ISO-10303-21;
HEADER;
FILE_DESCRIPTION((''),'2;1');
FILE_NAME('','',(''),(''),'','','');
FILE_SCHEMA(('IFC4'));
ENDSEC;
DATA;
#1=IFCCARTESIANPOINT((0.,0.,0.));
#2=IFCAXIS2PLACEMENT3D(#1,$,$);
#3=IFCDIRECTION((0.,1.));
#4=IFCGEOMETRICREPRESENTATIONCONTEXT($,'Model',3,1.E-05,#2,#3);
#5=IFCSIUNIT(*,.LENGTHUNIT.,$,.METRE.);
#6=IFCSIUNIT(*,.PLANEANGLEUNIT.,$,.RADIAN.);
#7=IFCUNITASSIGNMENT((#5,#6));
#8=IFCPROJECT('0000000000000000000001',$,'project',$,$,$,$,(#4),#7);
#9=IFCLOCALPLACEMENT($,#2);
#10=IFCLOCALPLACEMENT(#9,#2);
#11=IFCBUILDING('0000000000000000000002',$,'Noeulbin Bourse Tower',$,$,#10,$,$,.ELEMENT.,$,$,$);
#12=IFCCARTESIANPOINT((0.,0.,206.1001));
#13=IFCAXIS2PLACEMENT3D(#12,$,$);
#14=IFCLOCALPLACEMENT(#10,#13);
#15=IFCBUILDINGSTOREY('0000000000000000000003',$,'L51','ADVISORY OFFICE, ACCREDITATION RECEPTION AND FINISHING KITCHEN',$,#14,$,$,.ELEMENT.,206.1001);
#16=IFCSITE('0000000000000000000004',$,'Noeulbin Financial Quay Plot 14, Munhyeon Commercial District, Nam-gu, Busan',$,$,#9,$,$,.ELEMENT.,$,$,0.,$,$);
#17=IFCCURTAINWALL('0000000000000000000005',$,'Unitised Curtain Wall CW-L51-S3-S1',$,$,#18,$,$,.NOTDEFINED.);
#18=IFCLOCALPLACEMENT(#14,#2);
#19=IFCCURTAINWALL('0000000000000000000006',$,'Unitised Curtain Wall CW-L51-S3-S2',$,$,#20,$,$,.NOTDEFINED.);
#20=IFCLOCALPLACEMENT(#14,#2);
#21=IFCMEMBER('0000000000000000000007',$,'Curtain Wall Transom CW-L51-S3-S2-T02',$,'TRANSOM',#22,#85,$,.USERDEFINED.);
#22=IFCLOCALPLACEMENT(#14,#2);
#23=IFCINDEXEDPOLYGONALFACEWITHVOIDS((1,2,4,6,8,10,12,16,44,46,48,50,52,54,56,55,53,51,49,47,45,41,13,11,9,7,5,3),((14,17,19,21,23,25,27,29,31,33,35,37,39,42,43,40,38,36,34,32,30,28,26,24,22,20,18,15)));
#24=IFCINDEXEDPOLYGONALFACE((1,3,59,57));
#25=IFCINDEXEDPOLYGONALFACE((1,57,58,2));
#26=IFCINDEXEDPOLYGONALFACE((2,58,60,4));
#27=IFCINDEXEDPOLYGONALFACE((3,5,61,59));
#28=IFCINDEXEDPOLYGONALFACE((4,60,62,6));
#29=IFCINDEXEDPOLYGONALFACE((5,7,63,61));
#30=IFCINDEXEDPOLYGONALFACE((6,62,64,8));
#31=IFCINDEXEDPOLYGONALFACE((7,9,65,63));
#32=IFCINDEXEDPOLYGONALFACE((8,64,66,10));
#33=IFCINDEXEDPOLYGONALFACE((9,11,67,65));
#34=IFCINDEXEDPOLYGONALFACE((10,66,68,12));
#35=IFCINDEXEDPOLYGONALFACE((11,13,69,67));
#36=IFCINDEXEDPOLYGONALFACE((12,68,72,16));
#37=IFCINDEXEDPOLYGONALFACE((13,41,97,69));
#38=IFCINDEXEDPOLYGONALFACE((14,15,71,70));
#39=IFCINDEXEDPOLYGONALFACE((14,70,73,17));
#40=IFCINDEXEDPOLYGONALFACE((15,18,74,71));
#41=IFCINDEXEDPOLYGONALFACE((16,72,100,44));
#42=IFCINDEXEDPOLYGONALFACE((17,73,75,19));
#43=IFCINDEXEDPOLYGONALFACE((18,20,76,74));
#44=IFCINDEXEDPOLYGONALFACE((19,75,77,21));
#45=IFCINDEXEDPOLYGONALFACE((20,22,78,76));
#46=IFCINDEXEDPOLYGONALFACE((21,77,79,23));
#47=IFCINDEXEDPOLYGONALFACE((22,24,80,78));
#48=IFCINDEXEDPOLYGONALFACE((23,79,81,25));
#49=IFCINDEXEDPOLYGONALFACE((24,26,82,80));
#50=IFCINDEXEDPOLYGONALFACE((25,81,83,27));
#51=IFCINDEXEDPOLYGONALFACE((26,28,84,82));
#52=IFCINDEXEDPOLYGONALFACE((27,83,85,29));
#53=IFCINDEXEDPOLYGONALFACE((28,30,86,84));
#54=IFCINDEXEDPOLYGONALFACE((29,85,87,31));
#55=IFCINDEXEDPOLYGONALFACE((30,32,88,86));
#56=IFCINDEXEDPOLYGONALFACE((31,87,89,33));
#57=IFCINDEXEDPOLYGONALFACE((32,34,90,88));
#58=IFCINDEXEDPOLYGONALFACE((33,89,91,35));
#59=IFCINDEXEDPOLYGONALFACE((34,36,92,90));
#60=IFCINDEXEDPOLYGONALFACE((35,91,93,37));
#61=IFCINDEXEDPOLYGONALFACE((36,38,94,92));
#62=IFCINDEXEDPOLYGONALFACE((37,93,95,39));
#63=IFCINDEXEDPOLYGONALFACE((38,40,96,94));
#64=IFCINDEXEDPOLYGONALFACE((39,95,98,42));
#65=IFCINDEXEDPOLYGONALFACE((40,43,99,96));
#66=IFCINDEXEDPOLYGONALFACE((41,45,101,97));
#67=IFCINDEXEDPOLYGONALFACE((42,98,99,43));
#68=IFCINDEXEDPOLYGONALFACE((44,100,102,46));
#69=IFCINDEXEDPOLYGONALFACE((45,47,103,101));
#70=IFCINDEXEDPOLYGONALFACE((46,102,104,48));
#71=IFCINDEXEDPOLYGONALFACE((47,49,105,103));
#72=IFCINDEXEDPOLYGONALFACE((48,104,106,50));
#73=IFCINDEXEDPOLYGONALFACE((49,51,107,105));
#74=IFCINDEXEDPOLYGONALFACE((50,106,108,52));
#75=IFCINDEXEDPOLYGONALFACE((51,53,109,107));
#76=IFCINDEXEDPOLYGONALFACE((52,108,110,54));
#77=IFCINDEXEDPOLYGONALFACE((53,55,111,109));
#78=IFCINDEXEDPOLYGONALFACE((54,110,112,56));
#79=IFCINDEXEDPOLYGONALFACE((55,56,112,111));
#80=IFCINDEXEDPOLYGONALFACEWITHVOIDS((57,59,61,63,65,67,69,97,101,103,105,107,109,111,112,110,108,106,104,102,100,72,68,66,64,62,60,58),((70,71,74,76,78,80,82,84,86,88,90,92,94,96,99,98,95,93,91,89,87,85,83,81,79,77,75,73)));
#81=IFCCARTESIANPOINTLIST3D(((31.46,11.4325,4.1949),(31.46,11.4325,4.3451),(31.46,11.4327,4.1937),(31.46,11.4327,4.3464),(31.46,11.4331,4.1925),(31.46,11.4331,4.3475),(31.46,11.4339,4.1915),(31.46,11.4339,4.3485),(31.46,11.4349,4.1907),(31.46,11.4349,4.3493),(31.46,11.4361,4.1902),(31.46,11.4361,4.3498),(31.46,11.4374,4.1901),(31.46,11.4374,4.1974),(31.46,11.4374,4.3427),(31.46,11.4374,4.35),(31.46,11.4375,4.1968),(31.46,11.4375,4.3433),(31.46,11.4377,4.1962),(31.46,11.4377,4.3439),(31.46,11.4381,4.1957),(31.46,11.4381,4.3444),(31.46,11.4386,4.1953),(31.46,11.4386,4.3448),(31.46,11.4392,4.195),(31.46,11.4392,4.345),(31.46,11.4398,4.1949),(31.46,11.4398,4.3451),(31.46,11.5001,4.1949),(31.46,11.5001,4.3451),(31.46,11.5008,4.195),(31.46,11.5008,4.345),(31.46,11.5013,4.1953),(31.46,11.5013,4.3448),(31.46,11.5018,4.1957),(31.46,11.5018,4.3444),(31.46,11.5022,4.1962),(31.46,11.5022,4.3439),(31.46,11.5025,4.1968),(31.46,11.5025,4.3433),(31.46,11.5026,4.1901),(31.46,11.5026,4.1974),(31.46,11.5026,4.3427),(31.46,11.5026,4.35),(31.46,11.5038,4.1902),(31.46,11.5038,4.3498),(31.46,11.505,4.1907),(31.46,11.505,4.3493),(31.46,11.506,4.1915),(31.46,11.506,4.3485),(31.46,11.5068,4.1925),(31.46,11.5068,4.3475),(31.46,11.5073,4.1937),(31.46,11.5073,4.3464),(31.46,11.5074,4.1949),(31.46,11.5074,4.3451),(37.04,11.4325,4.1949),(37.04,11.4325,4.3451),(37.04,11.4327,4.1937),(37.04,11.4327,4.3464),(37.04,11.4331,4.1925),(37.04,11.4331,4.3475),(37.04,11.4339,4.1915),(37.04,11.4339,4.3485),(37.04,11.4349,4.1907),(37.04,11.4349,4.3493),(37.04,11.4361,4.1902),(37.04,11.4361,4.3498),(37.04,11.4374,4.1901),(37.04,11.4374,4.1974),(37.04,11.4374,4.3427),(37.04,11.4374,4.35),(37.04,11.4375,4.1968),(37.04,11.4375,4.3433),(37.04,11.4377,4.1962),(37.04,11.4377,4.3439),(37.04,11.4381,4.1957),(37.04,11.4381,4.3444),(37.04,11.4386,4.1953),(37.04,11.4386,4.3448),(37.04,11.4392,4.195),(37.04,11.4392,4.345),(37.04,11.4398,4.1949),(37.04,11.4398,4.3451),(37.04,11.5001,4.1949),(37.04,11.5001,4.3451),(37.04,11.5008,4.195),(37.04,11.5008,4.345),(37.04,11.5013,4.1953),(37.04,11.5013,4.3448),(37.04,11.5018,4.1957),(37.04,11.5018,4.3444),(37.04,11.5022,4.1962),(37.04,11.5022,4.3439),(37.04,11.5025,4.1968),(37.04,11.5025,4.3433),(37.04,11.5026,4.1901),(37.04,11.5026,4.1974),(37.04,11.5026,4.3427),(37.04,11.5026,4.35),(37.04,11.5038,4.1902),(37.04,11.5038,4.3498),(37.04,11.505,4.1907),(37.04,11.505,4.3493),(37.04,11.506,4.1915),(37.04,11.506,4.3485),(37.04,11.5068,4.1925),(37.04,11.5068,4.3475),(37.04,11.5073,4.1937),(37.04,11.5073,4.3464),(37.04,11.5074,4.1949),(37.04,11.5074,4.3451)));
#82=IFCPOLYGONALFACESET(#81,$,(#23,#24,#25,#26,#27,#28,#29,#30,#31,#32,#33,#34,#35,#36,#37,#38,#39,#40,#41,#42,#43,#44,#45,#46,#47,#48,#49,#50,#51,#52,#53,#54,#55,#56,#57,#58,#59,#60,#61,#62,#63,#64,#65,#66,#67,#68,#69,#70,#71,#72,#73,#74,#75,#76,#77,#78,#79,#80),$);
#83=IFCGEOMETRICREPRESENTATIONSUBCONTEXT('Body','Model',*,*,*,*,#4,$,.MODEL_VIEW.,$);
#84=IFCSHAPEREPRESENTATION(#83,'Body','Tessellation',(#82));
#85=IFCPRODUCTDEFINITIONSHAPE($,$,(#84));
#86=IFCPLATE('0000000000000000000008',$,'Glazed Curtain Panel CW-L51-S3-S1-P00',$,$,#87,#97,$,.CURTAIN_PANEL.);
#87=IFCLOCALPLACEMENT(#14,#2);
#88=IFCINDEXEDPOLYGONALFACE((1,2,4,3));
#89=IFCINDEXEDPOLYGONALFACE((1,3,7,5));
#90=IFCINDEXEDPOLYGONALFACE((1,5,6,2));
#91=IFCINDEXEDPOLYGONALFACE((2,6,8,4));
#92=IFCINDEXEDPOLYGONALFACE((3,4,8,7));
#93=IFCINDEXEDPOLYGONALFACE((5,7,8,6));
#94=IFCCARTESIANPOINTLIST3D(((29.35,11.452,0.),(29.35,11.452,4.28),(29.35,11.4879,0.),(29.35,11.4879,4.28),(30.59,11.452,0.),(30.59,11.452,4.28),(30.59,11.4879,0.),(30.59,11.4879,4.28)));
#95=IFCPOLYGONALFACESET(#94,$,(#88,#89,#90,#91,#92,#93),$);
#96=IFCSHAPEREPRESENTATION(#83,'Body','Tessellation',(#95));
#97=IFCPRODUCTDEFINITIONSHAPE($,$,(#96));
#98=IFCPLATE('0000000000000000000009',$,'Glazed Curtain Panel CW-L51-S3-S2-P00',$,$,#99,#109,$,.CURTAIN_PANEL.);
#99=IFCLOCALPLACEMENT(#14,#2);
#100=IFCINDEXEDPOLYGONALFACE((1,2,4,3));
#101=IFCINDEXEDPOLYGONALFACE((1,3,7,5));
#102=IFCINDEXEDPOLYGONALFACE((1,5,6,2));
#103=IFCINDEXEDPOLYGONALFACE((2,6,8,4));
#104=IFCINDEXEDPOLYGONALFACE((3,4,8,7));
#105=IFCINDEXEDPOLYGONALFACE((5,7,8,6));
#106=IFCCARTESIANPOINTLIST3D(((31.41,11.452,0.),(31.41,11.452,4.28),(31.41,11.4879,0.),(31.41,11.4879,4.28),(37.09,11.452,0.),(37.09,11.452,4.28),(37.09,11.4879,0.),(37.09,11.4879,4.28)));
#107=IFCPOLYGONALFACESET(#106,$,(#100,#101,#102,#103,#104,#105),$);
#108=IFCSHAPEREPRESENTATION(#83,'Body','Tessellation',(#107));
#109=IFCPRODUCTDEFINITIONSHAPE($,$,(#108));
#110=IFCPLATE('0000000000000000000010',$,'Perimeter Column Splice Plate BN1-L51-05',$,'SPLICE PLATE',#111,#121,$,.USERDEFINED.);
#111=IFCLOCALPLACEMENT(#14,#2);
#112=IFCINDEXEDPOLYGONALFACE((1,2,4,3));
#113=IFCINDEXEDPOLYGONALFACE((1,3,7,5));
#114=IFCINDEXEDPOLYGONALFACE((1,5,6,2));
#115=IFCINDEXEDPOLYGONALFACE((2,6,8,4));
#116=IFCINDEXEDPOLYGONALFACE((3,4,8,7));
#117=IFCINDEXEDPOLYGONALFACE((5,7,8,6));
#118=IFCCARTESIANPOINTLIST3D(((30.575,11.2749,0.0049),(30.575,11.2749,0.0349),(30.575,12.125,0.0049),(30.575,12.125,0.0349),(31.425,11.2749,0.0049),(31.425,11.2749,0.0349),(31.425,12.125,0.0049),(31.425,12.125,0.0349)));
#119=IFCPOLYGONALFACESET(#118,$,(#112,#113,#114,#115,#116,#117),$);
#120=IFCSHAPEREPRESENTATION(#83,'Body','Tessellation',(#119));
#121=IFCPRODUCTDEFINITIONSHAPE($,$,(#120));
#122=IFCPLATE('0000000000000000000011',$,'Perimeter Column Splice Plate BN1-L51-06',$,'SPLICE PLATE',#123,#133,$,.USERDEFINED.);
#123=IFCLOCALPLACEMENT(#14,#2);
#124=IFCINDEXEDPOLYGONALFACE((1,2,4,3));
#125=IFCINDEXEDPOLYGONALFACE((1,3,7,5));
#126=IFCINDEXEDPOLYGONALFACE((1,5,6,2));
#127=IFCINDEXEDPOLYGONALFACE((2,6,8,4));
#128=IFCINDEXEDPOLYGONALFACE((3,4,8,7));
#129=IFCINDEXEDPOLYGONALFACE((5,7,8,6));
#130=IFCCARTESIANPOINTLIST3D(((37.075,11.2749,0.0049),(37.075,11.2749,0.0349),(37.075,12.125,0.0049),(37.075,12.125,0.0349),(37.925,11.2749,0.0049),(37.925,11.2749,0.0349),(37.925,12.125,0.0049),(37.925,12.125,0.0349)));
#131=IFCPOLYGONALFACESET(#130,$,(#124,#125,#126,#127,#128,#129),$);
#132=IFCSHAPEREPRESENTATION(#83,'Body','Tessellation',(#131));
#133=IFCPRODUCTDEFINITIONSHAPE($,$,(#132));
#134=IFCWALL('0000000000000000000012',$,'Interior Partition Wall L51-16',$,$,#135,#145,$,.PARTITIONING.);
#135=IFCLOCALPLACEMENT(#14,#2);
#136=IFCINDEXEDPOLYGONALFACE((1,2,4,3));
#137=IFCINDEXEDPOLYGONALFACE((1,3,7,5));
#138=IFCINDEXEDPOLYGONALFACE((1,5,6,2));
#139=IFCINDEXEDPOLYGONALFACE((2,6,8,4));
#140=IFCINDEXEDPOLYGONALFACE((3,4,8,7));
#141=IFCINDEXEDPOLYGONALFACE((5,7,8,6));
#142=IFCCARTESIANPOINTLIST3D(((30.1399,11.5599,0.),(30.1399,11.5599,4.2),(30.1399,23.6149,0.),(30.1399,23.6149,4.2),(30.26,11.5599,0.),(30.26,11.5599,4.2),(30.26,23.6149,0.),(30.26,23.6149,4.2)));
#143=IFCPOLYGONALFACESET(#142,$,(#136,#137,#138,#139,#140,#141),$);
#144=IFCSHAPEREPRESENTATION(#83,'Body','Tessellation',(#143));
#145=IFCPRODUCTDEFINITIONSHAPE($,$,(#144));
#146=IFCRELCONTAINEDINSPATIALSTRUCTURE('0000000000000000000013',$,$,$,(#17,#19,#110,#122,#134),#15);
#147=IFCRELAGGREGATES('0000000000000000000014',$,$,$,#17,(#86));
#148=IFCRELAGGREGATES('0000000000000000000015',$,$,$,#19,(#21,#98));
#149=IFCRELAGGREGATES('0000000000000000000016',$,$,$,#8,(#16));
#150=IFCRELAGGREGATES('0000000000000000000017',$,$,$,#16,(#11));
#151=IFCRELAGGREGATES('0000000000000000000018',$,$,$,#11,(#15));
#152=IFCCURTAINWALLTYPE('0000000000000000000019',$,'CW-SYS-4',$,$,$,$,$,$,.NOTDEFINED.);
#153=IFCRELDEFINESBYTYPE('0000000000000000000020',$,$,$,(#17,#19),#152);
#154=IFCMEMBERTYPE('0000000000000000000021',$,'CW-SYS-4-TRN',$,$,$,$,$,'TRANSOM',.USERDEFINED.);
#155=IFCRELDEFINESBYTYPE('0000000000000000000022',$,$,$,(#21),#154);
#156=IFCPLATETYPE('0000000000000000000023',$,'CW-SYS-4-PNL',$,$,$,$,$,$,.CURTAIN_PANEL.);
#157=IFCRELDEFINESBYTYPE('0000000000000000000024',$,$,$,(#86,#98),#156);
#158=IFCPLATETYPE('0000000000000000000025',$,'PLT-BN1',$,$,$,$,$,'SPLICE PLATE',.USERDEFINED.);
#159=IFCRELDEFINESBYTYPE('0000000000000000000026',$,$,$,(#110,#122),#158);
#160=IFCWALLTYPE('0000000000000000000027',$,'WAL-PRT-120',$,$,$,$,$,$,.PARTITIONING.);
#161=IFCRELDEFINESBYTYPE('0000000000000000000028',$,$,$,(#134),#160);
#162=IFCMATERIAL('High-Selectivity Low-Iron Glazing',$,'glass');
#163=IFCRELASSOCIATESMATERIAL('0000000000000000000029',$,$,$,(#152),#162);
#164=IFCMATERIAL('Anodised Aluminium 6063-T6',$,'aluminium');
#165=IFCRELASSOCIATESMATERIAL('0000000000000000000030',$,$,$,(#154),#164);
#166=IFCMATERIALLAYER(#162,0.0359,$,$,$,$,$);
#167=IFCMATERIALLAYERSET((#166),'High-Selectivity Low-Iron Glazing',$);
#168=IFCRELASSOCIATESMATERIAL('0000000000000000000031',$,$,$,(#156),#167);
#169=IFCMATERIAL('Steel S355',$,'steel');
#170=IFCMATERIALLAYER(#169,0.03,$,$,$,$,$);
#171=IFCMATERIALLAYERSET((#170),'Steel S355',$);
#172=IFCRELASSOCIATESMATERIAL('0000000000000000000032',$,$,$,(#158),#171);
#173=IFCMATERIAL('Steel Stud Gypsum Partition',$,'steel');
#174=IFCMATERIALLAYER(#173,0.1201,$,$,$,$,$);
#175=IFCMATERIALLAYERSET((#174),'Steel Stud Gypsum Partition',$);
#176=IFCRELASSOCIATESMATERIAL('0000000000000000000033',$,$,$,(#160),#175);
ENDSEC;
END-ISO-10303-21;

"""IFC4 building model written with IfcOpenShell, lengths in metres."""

from ifc_helpers import new_model, si_unit, direction, frame, frame_2d, origin, origin_2d, place, context, subcontext, project, spatial, rectangle, hollow_rectangle, extrude, material, layer, layer_set, material_profile, profile_set, type_object, element, aggregate, save


model = new_model("IFC4")

# Units and contexts
model_context = context("Model", 3, precision=1e-05, world=origin(), true_north=direction((0.0, 1.0)))
body_context = subcontext(model_context, "Body", "Model", "MODEL_VIEW")
ifc_project = project(units=[si_unit("LENGTHUNIT", "METRE"), si_unit("PLANEANGLEUNIT", "RADIAN")], contexts=[model_context])

# Site, building, storey
site_placement = place(None, origin())
site = spatial("IfcSite", under=ifc_project, at=site_placement, Name="Noeulbin Financial Quay Plot 14, Munhyeon Commercial District, Nam-gu, Busan", CompositionType="ELEMENT", RefElevation=0.0)
building_placement = place(site_placement, origin())
building = spatial("IfcBuilding", under=site, at=building_placement, Name="Noeulbin Bourse Tower", CompositionType="ELEMENT")
storey_placement = place(building_placement, frame((0.0, 0.0, 206.1001)))
storey = spatial("IfcBuildingStorey", under=building, at=storey_placement, Name="L51", Description="ADVISORY OFFICE, ACCREDITATION RECEPTION AND FINISHING KITCHEN", CompositionType="ELEMENT", Elevation=206.1001)

# Shared definitions
ifc_material_1 = material(Name="Steel S355", Category="steel")

# Curtain walls
ifc_material_2 = material(Name="High-Selectivity Low-Iron Glazing", Category="glass")
curtain_wall_type = type_object("IfcCurtainWallType", Name="CW-SYS-4", PredefinedType="NOTDEFINED", material=ifc_material_2)
curtain_wall_1_placement = place(storey_placement, origin())
curtain_wall_1 = element("IfcCurtainWall", 1, at=curtain_wall_1_placement, inside=storey, type_object=curtain_wall_type, Name="Unitised Curtain Wall CW-L51-S3-S1", PredefinedType="NOTDEFINED")
ifc_material_3 = material(Name="Anodised Aluminium 6063-T6", Category="aluminium")
curtain_wall_2_placement = place(storey_placement, origin())
curtain_wall_2 = element("IfcCurtainWall", 2, at=curtain_wall_2_placement, inside=storey, type_object=curtain_wall_type, Name="Unitised Curtain Wall CW-L51-S3-S2", PredefinedType="NOTDEFINED")

# Member
ifc_material_profile_1 = material_profile(ifc_material_3, hollow_rectangle(XDim=0.075, YDim=0.1599, WallThickness=0.0049, InnerFilletRadius=0.0024, OuterFilletRadius=0.0049, at=origin_2d()), Name="ALU-TRAN-75x160x5", Category="LoadBearing")
ifc_profile_set_1 = profile_set([ifc_material_profile_1], Name="Anodised Aluminium 6063-T6")
member_type_1 = type_object("IfcMemberType", Name="CW-SYS-4-TRN", ElementType="TRANSOM", PredefinedType="USERDEFINED", material=ifc_profile_set_1)
member_1_placement = place(storey_placement, frame((31.46, 11.47, 4.27), z_axis=(1.0, 0.0, 0.0), x_axis=(0.0, 1.0, 0.0)))
member_1 = element("IfcMember", 3, at=member_1_placement, type_object=member_type_1, Name="Curtain Wall Transom CW-L51-S3-S2-T02", ObjectType="TRANSOM", PredefinedType="USERDEFINED", context=body_context, shape_type="SweptSolid", body=[
    extrude(hollow_rectangle(XDim=0.075, YDim=0.1599, WallThickness=0.0049, InnerFilletRadius=0.0024, OuterFilletRadius=0.0049, at=origin_2d()), origin(), (0.0, 0.0, 1.0), 5.5801),
])

# Plates
ifc_layer_1 = layer(ifc_material_2, 0.0359)
ifc_layer_set_1 = layer_set([ifc_layer_1], Name="High-Selectivity Low-Iron Glazing")
plate_type_1 = type_object("IfcPlateType", Name="CW-SYS-4-PNL", PredefinedType="CURTAIN_PANEL", material=ifc_layer_set_1)
plate_1_placement = place(storey_placement, frame((29.97, 11.47, 0.0), z_axis=(0.0, 0.0, 1.0), x_axis=(1.0, 0.0, 0.0)))
plate_1 = element("IfcPlate", 4, at=plate_1_placement, type_object=plate_type_1, Name="Glazed Curtain Panel CW-L51-S3-S1-P00", PredefinedType="CURTAIN_PANEL", context=body_context, shape_type="SweptSolid", body=[
    extrude(rectangle(XDim=1.24, YDim=0.0359, at=origin_2d()), origin(), (0.0, 0.0, 1.0), 4.28),
])
aggregate(curtain_wall_1, [plate_1])
plate_2_placement = place(storey_placement, frame((34.25, 11.47, 0.0), z_axis=(0.0, 0.0, 1.0), x_axis=(1.0, 0.0, 0.0)))
plate_2 = element("IfcPlate", 5, at=plate_2_placement, type_object=plate_type_1, Name="Glazed Curtain Panel CW-L51-S3-S2-P00", PredefinedType="CURTAIN_PANEL", context=body_context, shape_type="SweptSolid", body=[
    extrude(rectangle(XDim=5.6799, YDim=0.0359, at=origin_2d()), origin(), (0.0, 0.0, 1.0), 4.28),
])
aggregate(curtain_wall_2, [member_1, plate_2])

# Plates
ifc_layer_2 = layer(ifc_material_1, 0.03)
ifc_layer_set_2 = layer_set([ifc_layer_2], Name="Steel S355")
plate_type_2 = type_object("IfcPlateType", Name="PLT-BN1", ElementType="SPLICE PLATE", PredefinedType="USERDEFINED", material=ifc_layer_set_2)
for number, where, z_axis, x_axis, name in (
    (6, (31.0, 11.7, 0.0049), (0.0, 0.0, 1.0), (1.0, 0.0, 0.0), "Perimeter Column Splice Plate BN1-L51-05"),
    (7, (37.5, 11.7, 0.0049), (0.0, 0.0, 1.0), (1.0, 0.0, 0.0), "Perimeter Column Splice Plate BN1-L51-06"),
):
    element("IfcPlate", number, at=place(storey_placement, frame(where, z_axis=z_axis, x_axis=x_axis)), inside=storey, type_object=plate_type_2, Name=name, ObjectType="SPLICE PLATE", PredefinedType="USERDEFINED", context=body_context, shape_type="SweptSolid", body=[
        extrude(rectangle(XDim=0.8501, YDim=0.8501, at=origin_2d()), origin(), (0.0, 0.0, 1.0), 0.03),
    ])

# Wall
ifc_material_4 = material(Name="Steel Stud Gypsum Partition", Category="steel")
ifc_layer_3 = layer(ifc_material_4, 0.1201)
ifc_layer_set_3 = layer_set([ifc_layer_3], Name="Steel Stud Gypsum Partition")
wall_type = type_object("IfcWallType", Name="WAL-PRT-120", PredefinedType="PARTITIONING", material=ifc_layer_set_3)
wall_placement = place(storey_placement, frame((30.2, 11.5601, 0.0), z_axis=(0.0, 0.0, 1.0), x_axis=(0.0, 1.0, 0.0)))
element("IfcWall", 8, at=wall_placement, inside=storey, type_object=wall_type, Name="Interior Partition Wall L51-16", PredefinedType="PARTITIONING", context=body_context, shape_type="SweptSolid", body=[
    extrude(rectangle(XDim=12.0549, YDim=0.1201, at=frame_2d((6.0273, 0.0))), origin(), (0.0, 0.0, 1.0), 4.2),
])

save(model, "model.ifc")
